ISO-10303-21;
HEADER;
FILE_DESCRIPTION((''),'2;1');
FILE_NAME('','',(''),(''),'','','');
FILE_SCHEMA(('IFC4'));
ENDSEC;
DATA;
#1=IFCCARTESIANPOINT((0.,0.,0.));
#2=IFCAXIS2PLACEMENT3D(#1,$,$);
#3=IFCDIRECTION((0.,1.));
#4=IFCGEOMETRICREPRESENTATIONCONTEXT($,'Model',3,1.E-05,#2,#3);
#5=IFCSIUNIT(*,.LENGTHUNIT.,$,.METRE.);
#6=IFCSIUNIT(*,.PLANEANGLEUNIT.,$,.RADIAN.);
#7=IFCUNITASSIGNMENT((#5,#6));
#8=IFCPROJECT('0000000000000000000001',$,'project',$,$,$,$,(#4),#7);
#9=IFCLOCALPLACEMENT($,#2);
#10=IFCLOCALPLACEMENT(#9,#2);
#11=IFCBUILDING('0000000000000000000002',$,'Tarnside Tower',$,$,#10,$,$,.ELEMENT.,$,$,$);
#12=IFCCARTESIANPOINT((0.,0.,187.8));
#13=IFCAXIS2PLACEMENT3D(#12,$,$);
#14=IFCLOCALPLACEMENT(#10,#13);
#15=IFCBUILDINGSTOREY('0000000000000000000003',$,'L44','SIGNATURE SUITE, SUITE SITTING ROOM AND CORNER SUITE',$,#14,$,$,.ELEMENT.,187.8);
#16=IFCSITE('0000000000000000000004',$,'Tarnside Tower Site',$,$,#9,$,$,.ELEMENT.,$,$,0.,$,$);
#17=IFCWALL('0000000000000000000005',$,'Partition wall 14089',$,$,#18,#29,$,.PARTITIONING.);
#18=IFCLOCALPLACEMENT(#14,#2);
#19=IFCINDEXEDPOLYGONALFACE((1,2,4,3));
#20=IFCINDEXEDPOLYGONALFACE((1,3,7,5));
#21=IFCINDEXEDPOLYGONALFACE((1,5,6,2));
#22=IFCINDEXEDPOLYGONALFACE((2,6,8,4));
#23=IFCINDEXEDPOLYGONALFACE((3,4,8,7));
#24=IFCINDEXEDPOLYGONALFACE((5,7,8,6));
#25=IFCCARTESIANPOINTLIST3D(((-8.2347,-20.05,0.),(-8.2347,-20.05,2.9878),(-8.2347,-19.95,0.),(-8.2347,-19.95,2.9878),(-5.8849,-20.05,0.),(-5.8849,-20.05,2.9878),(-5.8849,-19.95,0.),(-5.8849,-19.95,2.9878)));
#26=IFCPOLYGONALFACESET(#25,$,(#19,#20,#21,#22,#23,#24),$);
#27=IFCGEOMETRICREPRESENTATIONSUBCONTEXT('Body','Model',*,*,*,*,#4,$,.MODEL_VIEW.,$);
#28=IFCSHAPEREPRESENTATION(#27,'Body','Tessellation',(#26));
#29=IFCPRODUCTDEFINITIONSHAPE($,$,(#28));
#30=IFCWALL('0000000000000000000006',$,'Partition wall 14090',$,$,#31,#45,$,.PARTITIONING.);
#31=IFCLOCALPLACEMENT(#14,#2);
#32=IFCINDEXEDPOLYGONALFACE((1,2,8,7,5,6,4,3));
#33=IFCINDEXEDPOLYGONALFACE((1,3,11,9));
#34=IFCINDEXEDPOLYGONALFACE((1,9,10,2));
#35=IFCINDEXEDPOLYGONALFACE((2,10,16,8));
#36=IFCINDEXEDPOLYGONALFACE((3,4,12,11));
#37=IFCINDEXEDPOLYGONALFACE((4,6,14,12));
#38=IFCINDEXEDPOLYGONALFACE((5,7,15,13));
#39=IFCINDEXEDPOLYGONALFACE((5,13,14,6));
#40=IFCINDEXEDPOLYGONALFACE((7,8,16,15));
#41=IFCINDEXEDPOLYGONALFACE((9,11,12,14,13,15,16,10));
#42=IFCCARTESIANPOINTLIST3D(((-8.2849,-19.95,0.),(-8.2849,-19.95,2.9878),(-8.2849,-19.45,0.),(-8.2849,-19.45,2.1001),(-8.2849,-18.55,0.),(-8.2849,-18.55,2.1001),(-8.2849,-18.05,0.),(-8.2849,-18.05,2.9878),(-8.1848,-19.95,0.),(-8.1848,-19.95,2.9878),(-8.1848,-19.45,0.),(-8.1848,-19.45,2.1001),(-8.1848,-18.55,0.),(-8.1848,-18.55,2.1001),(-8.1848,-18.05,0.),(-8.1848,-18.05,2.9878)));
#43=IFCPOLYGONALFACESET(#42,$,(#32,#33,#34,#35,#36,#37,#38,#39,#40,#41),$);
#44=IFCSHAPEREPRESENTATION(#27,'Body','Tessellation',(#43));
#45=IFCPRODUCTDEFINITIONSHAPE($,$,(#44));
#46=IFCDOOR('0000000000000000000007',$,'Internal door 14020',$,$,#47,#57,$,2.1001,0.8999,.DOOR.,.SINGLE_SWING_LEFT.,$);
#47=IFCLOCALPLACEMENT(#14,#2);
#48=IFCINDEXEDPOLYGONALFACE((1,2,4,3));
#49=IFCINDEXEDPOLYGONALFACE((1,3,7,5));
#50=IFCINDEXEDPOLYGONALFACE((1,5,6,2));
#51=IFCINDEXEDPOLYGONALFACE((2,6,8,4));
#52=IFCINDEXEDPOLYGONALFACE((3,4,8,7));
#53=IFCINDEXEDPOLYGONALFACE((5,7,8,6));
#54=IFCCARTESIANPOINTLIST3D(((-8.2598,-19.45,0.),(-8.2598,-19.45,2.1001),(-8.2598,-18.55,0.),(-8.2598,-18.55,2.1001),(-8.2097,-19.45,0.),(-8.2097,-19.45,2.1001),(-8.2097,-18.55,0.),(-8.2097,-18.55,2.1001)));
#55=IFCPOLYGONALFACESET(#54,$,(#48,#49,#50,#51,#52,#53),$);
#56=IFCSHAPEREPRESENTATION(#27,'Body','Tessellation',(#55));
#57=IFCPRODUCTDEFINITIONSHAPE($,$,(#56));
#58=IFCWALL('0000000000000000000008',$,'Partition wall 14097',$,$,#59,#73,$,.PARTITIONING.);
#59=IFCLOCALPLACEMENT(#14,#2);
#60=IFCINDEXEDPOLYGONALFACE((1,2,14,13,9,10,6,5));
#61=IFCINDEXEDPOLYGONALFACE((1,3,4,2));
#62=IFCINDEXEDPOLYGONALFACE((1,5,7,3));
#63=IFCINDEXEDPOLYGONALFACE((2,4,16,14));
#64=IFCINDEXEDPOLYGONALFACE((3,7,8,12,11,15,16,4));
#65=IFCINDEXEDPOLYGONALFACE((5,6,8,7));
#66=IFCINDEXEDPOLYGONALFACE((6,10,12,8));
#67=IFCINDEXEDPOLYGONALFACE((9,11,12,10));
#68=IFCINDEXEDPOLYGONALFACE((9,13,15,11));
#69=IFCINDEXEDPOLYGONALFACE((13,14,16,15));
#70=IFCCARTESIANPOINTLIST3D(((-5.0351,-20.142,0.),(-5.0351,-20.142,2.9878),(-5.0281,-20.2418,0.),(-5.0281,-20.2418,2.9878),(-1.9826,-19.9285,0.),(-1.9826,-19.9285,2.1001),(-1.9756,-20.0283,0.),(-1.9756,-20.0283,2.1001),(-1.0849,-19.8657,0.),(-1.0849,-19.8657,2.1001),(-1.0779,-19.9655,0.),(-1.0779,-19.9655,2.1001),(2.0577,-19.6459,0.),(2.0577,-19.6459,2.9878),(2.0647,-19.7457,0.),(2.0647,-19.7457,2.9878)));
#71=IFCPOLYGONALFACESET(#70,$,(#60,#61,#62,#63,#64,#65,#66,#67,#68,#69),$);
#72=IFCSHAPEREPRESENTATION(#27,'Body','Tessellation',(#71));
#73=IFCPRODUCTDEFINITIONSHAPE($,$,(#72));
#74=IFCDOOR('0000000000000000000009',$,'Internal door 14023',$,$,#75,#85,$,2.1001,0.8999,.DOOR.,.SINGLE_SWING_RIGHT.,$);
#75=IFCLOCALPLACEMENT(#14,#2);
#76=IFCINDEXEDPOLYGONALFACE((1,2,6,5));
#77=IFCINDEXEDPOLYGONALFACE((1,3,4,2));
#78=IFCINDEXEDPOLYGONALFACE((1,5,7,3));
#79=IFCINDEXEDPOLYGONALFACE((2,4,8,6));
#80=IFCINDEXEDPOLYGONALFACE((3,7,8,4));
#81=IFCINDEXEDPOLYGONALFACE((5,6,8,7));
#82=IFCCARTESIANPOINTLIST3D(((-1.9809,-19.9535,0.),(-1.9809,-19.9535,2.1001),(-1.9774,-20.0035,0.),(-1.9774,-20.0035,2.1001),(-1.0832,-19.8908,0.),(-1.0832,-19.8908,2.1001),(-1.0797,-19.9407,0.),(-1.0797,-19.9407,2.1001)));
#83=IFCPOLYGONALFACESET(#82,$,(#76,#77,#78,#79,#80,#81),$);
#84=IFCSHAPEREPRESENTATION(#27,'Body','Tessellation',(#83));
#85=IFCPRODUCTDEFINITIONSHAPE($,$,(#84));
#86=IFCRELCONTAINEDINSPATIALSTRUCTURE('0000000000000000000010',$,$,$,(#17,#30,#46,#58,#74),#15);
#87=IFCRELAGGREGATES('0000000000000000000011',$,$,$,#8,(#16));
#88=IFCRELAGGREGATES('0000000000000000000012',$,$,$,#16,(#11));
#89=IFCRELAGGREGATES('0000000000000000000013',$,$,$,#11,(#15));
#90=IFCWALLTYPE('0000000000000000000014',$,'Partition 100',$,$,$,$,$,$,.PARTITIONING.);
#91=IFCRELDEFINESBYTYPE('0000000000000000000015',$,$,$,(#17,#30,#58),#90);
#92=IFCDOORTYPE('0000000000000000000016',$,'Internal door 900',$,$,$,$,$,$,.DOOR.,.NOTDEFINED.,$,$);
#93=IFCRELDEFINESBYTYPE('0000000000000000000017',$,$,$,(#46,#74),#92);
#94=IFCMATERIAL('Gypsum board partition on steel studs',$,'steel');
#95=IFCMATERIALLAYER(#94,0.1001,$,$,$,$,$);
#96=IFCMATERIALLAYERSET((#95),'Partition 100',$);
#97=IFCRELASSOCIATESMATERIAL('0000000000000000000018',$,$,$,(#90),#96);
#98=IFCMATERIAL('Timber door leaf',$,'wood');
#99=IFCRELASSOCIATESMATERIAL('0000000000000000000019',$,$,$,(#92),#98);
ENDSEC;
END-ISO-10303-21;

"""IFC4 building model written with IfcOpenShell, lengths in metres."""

from ifc_helpers import new_model, si_unit, direction, frame, frame_2d, origin, place, context, subcontext, project, spatial, rectangle, extrude, material, layer, layer_set, type_object, element, fill, save


model = new_model("IFC4")

# Units and contexts
model_context = context("Model", 3, precision=1e-05, world=origin(), true_north=direction((0.0, 1.0)))
body_context = subcontext(model_context, "Body", "Model", "MODEL_VIEW")
ifc_project = project(units=[si_unit("LENGTHUNIT", "METRE"), si_unit("PLANEANGLEUNIT", "RADIAN")], contexts=[model_context])

# Site, building, storey
site_placement = place(None, origin())
site = spatial("IfcSite", under=ifc_project, at=site_placement, Name="Tarnside Tower Site", CompositionType="ELEMENT", RefElevation=0.0)
building_placement = place(site_placement, origin())
building = spatial("IfcBuilding", under=site, at=building_placement, Name="Tarnside Tower", CompositionType="ELEMENT")
storey_placement = place(building_placement, frame((0.0, 0.0, 187.8)))
storey = spatial("IfcBuildingStorey", under=building, at=storey_placement, Name="L44", Description="SIGNATURE SUITE, SUITE SITTING ROOM AND CORNER SUITE", CompositionType="ELEMENT", Elevation=187.8)

# Shared definitions
ifc_material_1 = material(Name="Gypsum board partition on steel studs", Category="steel")
ifc_material_2 = material(Name="Timber door leaf", Category="wood")

# Wall
ifc_layer_1 = layer(ifc_material_1, 0.1001)
ifc_layer_set_1 = layer_set([ifc_layer_1], Name="Partition 100")
wall_type_1 = type_object("IfcWallType", Name="Partition 100", PredefinedType="PARTITIONING", material=ifc_layer_set_1)
wall_1_placement = place(storey_placement, frame((-5.885, -20.0, 0.0), z_axis=(0.0, 0.0, 1.0), x_axis=(-1.0, 0.0, 0.0)))
element("IfcWall", 1, at=wall_1_placement, inside=storey, type_object=wall_type_1, Name="Partition wall 14089", PredefinedType="PARTITIONING", context=body_context, shape_type="SweptSolid", body=[
    extrude(rectangle(XDim=2.3499, YDim=0.1001, at=frame_2d((1.1748, 0.0))), origin(), (0.0, 0.0, 1.0), 2.9878),
])

# Walls, openings, doors
wall_2_placement = place(storey_placement, frame((-8.2349, -19.95, 0.0), z_axis=(0.0, 0.0, 1.0), x_axis=(0.0, 1.0, 0.0)))
wall_2 = element("IfcWall", 2, at=wall_2_placement, inside=storey, type_object=wall_type_1, Name="Partition wall 14090", PredefinedType="PARTITIONING", context=body_context, shape_type="SweptSolid", body=[
    extrude(rectangle(XDim=1.8999, YDim=0.1001, at=frame_2d((0.95, 0.0))), origin(), (0.0, 0.0, 1.0), 2.9878),
])
opening_1_placement = place(wall_2_placement, frame((0.5, 0.0, 0.0)))
opening_1 = element("IfcOpeningElement", 3, at=opening_1_placement, cuts=wall_2, PredefinedType="OPENING", context=body_context, shape_type="SweptSolid", body=[
    extrude(rectangle(XDim=0.8999, YDim=2.1001, at=frame_2d((0.45, 1.05))), frame((0.0, 0.0601, 0.0), z_axis=(0.0, -1.0, 0.0), x_axis=(1.0, 0.0, 0.0)), (0.0, 0.0, 1.0), 0.1201),
])
door_type_1 = type_object("IfcDoorType", Name="Internal door 900", OperationType="NOTDEFINED", PredefinedType="DOOR", material=ifc_material_2)
door_1_placement = place(opening_1_placement, origin())
door_1 = element("IfcDoor", 4, at=door_1_placement, inside=storey, type_object=door_type_1, Name="Internal door 14020", OperationType="SINGLE_SWING_LEFT", OverallHeight=2.1001, OverallWidth=0.8999, PredefinedType="DOOR", context=body_context, shape_type="SweptSolid", body=[
    extrude(rectangle(XDim=0.8999, YDim=2.1001, at=frame_2d((0.45, 1.05))), frame((0.0, 0.0249, 0.0), z_axis=(0.0, -1.0, 0.0), x_axis=(1.0, 0.0, 0.0)), (0.0, 0.0, 1.0), 0.05),
])
fill(opening_1, door_1)
wall_3_placement = place(storey_placement, frame((-5.0317, -20.1919, 0.0), z_axis=(0.0, 0.0, 1.0), x_axis=(0.997563, 0.069773, 0.0)))
wall_3 = element("IfcWall", 5, at=wall_3_placement, inside=storey, type_object=wall_type_1, Name="Partition wall 14097", PredefinedType="PARTITIONING", context=body_context, shape_type="SweptSolid", body=[
    extrude(rectangle(XDim=7.1101, YDim=0.1001, at=frame_2d((3.5552, 0.0))), origin(), (0.0, 0.0, 1.0), 2.9878),
])
opening_2_placement = place(wall_3_placement, frame((3.0601, 0.0, 0.0)))
opening_2 = element("IfcOpeningElement", 6, at=opening_2_placement, cuts=wall_3, PredefinedType="OPENING", context=body_context, shape_type="SweptSolid", body=[
    extrude(rectangle(XDim=0.8999, YDim=2.1001, at=frame_2d((0.45, 1.05))), frame((0.0, 0.0601, 0.0), z_axis=(0.0, -1.0, 0.0), x_axis=(1.0, 0.0, 0.0)), (0.0, 0.0, 1.0), 0.1201),
])
door_2_placement = place(opening_2_placement, origin())
door_2 = element("IfcDoor", 7, at=door_2_placement, inside=storey, type_object=door_type_1, Name="Internal door 14023", OperationType="SINGLE_SWING_RIGHT", OverallHeight=2.1001, OverallWidth=0.8999, PredefinedType="DOOR", context=body_context, shape_type="SweptSolid", body=[
    extrude(rectangle(XDim=0.8999, YDim=2.1001, at=frame_2d((0.45, 1.05))), frame((0.0, 0.0249, 0.0), z_axis=(0.0, -1.0, 0.0), x_axis=(1.0, 0.0, 0.0)), (0.0, 0.0, 1.0), 0.05),
])
fill(opening_2, door_2)

save(model, "model.ifc")
